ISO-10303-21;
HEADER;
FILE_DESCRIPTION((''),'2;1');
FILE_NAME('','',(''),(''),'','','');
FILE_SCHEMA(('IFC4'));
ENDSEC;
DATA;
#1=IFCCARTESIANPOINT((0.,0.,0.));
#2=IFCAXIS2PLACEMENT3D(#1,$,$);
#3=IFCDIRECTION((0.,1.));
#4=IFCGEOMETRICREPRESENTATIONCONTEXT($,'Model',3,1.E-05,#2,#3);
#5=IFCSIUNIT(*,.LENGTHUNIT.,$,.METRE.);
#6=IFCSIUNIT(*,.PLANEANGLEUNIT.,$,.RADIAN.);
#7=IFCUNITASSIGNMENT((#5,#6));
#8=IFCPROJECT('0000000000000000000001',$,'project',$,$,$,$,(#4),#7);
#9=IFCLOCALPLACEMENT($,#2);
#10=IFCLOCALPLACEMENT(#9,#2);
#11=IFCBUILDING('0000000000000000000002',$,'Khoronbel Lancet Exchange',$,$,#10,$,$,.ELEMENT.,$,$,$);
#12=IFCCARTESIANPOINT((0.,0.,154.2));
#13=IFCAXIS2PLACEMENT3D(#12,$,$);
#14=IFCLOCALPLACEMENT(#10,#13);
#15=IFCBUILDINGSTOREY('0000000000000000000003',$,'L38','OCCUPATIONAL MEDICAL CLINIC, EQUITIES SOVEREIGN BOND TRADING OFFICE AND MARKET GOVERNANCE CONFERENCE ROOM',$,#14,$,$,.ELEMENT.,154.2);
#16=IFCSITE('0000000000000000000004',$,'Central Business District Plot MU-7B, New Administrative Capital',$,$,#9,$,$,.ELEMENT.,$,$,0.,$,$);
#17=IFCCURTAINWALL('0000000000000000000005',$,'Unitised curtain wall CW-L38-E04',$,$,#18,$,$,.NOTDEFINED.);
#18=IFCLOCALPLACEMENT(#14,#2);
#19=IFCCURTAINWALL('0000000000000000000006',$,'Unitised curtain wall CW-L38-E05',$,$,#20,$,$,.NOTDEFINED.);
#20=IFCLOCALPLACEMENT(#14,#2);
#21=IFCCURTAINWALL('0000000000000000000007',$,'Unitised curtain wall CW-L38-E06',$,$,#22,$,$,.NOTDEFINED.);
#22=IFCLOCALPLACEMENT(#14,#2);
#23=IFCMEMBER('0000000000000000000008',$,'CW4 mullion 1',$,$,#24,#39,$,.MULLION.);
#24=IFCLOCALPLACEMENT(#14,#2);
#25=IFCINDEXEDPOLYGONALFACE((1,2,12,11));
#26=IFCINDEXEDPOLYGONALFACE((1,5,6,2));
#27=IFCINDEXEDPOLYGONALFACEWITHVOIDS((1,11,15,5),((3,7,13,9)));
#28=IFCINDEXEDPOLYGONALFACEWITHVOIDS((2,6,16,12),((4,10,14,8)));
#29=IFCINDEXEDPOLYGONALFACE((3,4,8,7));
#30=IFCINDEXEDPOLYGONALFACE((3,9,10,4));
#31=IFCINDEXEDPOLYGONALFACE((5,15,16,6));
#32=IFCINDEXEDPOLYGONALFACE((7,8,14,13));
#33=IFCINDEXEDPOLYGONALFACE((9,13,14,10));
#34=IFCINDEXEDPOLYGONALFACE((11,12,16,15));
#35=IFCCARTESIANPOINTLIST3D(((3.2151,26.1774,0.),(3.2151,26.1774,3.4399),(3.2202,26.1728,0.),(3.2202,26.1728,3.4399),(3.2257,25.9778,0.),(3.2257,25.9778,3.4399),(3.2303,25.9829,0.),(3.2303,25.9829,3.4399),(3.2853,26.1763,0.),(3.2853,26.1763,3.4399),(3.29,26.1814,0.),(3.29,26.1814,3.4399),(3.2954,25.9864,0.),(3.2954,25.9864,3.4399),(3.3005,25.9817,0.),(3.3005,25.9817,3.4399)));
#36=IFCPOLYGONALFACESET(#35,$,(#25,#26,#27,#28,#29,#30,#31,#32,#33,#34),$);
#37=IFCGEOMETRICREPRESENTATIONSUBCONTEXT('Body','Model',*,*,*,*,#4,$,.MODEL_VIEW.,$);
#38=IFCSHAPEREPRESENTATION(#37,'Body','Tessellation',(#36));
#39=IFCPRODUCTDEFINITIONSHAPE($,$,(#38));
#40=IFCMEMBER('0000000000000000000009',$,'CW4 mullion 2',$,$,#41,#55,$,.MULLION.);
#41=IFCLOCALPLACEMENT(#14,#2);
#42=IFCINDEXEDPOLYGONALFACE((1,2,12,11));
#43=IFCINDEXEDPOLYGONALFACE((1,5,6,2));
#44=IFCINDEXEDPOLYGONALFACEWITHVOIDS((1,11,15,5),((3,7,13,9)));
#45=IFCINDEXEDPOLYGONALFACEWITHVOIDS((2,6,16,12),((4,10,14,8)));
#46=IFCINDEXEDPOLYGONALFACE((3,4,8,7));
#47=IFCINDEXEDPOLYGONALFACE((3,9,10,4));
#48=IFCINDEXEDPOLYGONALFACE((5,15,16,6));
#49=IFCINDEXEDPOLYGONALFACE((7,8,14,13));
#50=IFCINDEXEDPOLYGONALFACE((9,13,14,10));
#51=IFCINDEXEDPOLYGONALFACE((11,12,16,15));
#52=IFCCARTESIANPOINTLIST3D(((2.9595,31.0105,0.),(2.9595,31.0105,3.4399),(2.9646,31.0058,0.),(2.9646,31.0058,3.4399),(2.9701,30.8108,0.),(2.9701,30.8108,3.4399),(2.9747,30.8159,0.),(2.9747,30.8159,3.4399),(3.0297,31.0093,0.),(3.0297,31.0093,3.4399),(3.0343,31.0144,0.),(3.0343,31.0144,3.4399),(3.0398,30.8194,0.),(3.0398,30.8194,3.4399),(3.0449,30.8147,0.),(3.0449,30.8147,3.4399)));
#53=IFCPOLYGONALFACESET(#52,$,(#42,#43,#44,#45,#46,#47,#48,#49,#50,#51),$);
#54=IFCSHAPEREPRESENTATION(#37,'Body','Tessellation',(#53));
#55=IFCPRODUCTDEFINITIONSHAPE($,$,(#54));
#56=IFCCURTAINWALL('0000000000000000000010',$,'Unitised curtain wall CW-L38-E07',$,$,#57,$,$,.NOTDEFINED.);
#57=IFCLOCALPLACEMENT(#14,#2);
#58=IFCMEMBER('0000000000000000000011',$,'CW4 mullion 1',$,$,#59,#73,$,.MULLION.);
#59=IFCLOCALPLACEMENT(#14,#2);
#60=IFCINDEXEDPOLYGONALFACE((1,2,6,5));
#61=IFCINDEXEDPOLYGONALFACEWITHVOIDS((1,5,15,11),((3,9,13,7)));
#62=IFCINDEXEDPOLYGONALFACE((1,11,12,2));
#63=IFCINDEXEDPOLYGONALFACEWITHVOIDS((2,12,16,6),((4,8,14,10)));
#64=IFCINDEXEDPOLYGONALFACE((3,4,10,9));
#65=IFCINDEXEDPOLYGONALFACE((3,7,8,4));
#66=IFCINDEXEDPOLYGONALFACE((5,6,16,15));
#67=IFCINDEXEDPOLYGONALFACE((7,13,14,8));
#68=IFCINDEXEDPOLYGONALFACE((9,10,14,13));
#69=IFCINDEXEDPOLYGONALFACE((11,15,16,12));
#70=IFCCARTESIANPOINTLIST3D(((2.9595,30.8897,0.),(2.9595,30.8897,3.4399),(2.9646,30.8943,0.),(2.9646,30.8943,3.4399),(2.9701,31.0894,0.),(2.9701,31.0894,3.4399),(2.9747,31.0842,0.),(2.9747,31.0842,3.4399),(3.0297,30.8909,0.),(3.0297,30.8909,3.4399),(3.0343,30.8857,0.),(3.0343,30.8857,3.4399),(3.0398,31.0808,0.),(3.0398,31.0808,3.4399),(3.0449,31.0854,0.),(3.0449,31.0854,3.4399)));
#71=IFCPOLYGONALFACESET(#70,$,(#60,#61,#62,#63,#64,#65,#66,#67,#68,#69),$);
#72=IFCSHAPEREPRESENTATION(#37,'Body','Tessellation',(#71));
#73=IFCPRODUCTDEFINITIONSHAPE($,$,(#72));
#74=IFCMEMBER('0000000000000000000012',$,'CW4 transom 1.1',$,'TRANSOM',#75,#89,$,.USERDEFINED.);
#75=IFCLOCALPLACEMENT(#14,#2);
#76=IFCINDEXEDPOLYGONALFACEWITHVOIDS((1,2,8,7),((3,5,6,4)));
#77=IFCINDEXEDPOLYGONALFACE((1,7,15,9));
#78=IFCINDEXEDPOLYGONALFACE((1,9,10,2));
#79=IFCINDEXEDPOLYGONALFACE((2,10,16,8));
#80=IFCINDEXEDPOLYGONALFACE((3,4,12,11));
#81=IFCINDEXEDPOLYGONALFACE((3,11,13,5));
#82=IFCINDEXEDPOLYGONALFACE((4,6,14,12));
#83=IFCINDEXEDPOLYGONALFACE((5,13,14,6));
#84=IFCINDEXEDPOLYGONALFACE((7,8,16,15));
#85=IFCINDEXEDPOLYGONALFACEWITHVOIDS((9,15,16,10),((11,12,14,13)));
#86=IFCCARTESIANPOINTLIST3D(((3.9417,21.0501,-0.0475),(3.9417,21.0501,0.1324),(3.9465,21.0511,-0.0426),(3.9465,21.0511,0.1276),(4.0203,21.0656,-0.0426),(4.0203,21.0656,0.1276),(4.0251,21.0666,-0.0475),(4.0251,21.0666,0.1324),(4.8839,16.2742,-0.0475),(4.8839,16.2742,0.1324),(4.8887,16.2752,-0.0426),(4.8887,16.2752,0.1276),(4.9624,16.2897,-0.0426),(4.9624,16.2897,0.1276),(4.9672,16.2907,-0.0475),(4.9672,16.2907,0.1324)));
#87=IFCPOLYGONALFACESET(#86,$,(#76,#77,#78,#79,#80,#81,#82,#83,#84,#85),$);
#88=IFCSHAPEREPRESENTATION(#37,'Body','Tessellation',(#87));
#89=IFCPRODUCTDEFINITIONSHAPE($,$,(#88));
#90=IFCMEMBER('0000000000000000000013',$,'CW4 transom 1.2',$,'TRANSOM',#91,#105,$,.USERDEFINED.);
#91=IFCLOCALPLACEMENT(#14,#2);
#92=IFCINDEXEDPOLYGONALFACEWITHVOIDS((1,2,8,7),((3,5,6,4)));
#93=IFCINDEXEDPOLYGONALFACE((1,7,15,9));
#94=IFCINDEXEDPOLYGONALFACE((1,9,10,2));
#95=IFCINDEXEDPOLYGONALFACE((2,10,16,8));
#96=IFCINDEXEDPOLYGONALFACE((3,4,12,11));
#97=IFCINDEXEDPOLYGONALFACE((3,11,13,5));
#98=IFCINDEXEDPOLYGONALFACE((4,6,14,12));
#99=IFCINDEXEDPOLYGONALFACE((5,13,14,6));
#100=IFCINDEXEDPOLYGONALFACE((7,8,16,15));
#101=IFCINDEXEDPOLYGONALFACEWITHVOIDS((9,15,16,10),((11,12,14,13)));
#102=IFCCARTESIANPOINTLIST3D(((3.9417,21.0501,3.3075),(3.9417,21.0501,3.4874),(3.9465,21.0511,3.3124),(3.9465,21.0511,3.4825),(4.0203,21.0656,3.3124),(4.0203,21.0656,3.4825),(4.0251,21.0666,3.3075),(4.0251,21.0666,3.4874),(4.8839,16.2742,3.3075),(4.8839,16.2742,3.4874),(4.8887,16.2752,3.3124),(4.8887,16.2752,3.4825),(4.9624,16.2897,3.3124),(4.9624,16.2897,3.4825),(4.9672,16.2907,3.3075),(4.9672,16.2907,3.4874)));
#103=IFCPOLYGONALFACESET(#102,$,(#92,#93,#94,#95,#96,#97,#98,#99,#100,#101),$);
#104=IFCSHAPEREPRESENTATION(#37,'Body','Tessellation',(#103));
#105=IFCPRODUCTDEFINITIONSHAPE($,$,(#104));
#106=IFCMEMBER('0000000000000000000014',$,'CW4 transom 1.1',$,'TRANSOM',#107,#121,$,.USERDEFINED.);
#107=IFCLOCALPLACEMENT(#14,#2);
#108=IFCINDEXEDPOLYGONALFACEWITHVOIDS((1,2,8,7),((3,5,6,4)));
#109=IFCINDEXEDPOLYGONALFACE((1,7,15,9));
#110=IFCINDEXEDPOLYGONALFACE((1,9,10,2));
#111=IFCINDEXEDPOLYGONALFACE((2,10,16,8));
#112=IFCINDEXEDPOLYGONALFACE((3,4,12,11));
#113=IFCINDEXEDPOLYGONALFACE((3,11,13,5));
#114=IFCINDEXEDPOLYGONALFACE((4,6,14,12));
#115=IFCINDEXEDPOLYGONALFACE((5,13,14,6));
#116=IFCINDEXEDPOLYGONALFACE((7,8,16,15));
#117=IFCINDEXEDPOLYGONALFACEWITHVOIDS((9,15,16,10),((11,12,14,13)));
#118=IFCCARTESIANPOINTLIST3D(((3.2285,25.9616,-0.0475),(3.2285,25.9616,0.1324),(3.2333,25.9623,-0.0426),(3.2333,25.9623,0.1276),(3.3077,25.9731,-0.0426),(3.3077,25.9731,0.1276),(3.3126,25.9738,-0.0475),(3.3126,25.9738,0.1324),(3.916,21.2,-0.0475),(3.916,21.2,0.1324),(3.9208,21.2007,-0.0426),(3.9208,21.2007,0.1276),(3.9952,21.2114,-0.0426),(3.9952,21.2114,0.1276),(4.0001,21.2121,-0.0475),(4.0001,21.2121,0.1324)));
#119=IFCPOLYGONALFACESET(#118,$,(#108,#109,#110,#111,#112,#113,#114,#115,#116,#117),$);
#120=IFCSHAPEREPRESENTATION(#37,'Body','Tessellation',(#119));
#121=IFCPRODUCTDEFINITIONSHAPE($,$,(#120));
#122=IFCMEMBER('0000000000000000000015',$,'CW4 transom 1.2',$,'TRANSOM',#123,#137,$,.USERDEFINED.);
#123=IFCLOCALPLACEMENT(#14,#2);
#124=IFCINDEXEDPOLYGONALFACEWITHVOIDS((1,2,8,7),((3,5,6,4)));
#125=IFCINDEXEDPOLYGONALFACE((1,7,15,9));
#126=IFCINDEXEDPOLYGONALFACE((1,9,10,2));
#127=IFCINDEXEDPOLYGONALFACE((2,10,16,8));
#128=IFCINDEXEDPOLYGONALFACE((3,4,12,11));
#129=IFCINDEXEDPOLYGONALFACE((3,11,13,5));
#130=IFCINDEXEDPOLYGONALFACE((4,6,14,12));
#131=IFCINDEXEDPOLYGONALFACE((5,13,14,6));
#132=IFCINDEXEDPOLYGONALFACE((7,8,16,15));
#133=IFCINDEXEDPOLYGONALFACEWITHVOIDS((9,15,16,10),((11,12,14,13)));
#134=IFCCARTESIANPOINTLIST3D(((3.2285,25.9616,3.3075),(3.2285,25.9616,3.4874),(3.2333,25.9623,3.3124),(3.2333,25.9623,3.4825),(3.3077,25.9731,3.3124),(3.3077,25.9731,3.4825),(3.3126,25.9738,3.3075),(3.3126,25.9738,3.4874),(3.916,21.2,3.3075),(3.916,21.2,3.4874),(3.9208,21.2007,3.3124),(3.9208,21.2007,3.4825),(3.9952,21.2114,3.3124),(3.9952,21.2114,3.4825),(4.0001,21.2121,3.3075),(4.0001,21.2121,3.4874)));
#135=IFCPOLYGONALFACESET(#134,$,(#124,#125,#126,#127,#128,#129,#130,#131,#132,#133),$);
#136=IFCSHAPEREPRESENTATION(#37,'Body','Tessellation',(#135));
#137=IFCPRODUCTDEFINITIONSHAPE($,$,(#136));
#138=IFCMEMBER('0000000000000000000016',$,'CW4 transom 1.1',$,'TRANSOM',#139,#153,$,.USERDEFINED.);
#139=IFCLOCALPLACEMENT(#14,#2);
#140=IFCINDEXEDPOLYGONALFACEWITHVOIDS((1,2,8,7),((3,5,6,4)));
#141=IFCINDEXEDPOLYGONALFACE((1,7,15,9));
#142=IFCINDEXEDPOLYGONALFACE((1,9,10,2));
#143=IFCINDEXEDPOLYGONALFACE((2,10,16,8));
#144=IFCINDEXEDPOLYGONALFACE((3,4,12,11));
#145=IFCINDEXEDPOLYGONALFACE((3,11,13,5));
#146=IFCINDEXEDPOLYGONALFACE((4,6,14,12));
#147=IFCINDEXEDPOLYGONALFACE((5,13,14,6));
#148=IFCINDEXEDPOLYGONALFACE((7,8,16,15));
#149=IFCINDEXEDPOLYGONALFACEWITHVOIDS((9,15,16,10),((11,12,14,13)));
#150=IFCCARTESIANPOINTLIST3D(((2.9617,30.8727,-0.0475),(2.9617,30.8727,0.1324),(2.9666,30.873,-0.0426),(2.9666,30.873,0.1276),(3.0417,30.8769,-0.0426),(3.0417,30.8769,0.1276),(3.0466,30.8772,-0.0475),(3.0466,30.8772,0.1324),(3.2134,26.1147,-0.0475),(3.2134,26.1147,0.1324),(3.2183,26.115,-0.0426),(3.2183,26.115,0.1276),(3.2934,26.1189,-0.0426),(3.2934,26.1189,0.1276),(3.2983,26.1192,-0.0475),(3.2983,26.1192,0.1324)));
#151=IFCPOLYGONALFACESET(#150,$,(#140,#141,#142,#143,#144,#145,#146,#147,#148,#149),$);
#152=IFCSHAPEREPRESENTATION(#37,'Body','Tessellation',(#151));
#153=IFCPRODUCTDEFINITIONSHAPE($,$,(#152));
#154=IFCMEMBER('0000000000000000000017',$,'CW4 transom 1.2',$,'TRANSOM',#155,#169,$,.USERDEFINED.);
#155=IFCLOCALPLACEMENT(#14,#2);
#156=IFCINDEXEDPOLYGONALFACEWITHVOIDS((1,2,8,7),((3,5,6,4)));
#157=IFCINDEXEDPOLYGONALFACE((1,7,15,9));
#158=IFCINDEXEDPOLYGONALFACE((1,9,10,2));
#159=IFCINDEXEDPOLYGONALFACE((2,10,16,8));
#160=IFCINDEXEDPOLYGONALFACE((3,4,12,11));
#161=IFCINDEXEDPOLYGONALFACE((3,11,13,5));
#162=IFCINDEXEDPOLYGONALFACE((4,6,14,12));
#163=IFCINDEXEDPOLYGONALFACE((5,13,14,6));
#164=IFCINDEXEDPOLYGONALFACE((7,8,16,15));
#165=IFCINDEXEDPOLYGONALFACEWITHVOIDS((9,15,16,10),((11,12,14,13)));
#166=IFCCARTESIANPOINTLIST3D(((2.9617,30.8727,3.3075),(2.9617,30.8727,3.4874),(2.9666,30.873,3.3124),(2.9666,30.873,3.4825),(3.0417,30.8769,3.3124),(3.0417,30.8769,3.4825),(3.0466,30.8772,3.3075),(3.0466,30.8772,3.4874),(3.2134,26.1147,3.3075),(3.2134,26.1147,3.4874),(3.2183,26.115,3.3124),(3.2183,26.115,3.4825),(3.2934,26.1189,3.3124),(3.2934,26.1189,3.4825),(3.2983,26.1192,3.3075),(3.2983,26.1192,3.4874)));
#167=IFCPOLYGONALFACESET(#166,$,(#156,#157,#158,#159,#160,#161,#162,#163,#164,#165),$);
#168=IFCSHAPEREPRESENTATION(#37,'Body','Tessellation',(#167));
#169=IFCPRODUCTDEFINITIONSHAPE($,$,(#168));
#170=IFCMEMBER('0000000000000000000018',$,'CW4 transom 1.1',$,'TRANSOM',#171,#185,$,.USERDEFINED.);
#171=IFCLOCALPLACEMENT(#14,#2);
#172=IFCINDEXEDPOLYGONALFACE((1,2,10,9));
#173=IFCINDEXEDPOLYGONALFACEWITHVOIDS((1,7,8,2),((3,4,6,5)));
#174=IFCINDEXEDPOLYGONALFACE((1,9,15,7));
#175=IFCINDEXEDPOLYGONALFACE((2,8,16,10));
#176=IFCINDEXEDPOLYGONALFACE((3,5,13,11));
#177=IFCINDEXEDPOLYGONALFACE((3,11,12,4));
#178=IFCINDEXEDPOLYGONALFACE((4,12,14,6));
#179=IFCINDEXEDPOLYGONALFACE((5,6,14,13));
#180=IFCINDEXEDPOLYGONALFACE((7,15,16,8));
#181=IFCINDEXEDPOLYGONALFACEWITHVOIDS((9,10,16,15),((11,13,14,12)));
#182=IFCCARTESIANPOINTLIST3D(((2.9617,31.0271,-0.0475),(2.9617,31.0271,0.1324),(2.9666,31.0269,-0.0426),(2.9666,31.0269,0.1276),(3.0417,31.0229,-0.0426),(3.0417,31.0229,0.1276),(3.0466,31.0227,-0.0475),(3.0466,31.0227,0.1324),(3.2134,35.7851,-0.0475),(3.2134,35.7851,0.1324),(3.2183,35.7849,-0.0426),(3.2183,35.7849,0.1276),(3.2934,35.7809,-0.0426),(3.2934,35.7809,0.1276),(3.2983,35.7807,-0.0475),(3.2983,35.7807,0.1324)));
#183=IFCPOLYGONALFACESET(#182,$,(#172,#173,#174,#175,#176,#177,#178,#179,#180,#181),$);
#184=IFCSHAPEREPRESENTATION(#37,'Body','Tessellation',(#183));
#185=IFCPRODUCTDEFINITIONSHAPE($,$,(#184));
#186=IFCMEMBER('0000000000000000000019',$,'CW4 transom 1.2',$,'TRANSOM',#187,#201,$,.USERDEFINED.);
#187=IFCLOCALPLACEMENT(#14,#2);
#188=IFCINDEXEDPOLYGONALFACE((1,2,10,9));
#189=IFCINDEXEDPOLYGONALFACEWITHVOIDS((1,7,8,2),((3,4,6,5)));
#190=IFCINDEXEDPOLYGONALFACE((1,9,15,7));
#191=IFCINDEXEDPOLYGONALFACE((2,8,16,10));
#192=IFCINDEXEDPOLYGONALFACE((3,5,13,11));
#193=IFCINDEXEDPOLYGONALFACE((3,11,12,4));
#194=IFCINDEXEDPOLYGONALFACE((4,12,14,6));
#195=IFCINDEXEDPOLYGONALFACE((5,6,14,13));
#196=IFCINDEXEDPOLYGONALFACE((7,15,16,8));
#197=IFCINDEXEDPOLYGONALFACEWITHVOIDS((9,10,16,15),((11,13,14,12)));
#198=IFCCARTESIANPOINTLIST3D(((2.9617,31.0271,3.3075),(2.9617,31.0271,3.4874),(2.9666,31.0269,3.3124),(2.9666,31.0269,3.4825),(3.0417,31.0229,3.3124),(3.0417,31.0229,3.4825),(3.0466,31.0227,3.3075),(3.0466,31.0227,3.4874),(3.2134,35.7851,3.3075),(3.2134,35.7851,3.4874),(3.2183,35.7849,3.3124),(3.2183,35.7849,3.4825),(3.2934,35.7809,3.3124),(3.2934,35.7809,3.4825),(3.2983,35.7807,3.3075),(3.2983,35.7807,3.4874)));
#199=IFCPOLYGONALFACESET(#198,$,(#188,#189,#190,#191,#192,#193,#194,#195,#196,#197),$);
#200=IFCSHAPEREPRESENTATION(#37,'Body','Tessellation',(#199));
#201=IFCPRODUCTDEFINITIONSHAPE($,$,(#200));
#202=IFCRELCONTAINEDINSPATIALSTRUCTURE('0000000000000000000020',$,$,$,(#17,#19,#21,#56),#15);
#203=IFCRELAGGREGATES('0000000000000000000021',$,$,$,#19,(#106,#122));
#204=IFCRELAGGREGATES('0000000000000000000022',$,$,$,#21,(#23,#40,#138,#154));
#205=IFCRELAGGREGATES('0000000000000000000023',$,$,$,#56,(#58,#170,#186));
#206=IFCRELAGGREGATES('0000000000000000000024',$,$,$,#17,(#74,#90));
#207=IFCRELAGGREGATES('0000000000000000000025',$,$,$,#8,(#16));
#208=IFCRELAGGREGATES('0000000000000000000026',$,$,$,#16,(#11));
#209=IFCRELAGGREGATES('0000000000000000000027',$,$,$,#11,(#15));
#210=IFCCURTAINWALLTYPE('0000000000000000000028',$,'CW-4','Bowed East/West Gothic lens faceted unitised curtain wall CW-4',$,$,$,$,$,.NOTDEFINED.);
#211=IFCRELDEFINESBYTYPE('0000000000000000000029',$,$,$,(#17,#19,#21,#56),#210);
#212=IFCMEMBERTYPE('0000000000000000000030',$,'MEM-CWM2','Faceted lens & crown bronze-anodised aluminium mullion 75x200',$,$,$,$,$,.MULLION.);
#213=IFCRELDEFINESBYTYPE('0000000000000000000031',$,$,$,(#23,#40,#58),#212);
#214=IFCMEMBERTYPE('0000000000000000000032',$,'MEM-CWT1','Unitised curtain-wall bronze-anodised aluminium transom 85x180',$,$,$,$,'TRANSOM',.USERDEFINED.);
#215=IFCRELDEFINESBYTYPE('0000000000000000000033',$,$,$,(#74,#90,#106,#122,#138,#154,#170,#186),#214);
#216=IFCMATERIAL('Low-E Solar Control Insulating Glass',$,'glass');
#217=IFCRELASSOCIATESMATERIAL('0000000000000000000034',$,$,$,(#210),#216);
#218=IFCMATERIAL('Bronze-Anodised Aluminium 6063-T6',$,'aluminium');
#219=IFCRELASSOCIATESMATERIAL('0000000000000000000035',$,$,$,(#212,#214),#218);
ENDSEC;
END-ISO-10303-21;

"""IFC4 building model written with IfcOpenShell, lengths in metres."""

from ifc_helpers import new_model, si_unit, direction, frame, origin, origin_2d, place, context, subcontext, project, spatial, hollow_rectangle, extrude, material, material_profile, profile_set, type_object, element, aggregate, save


model = new_model("IFC4")

# Units and contexts
model_context = context("Model", 3, precision=1e-05, world=origin(), true_north=direction((0.0, 1.0)))
body_context = subcontext(model_context, "Body", "Model", "MODEL_VIEW")
ifc_project = project(units=[si_unit("LENGTHUNIT", "METRE"), si_unit("PLANEANGLEUNIT", "RADIAN")], contexts=[model_context])

# Site, building, storey
site_placement = place(None, origin())
site = spatial("IfcSite", under=ifc_project, at=site_placement, Name="Central Business District Plot MU-7B, New Administrative Capital", CompositionType="ELEMENT", RefElevation=0.0)
building_placement = place(site_placement, origin())
building = spatial("IfcBuilding", under=site, at=building_placement, Name="Khoronbel Lancet Exchange", CompositionType="ELEMENT")
storey_placement = place(building_placement, frame((0.0, 0.0, 154.2)))
storey = spatial("IfcBuildingStorey", under=building, at=storey_placement, Name="L38", Description="OCCUPATIONAL MEDICAL CLINIC, EQUITIES SOVEREIGN BOND TRADING OFFICE AND MARKET GOVERNANCE CONFERENCE ROOM", CompositionType="ELEMENT", Elevation=154.2)

# Curtain walls, members
ifc_material_1 = material(Name="Low-E Solar Control Insulating Glass", Category="glass")
curtain_wall_type = type_object("IfcCurtainWallType", Name="CW-4", Description="Bowed East/West Gothic lens faceted unitised curtain wall CW-4", PredefinedType="NOTDEFINED", material=ifc_material_1)
curtain_wall_1_placement = place(storey_placement, origin())
curtain_wall_1 = element("IfcCurtainWall", 1, at=curtain_wall_1_placement, inside=storey, type_object=curtain_wall_type, Name="Unitised curtain wall CW-L38-E04", PredefinedType="NOTDEFINED")
ifc_material_2 = material(Name="Bronze-Anodised Aluminium 6063-T6", Category="aluminium")
ifc_material_profile_1 = material_profile(ifc_material_2, hollow_rectangle(XDim=0.075, YDim=0.2, WallThickness=0.0049, at=origin_2d()), Name="ALU MULLION 75x200")
ifc_profile_set_1 = profile_set([ifc_material_profile_1], Name="Bronze-Anodised Aluminium 6063-T6")
member_type_1 = type_object("IfcMemberType", Name="MEM-CWM2", Description="Faceted lens & crown bronze-anodised aluminium mullion 75x200", PredefinedType="MULLION", material=ifc_profile_set_1)
curtain_wall_2_placement = place(storey_placement, origin())
curtain_wall_2 = element("IfcCurtainWall", 2, at=curtain_wall_2_placement, inside=storey, type_object=curtain_wall_type, Name="Unitised curtain wall CW-L38-E05", PredefinedType="NOTDEFINED")
curtain_wall_3_placement = place(storey_placement, origin())
curtain_wall_3 = element("IfcCurtainWall", 3, at=curtain_wall_3_placement, inside=storey, type_object=curtain_wall_type, Name="Unitised curtain wall CW-L38-E06", PredefinedType="NOTDEFINED")
member_1_placement = place(storey_placement, frame((3.2578, 26.0796, 0.0), z_axis=(0.0, 0.0, 1.0), x_axis=(-0.998605, -0.0528, 0.0)))
member_1 = element("IfcMember", 4, at=member_1_placement, type_object=member_type_1, Name="CW4 mullion 1", PredefinedType="MULLION", context=body_context, shape_type="SweptSolid", body=[
    extrude(hollow_rectangle(XDim=0.075, YDim=0.2, WallThickness=0.0049, at=origin_2d()), origin(), (0.0, 0.0, 1.0), 3.4399),
])
member_2_placement = place(storey_placement, frame((3.0022, 30.9126, 0.0), z_axis=(0.0, 0.0, 1.0), x_axis=(-0.998605, -0.0528, 0.0)))
member_2 = element("IfcMember", 5, at=member_2_placement, type_object=member_type_1, Name="CW4 mullion 2", PredefinedType="MULLION", context=body_context, shape_type="SweptSolid", body=[
    extrude(hollow_rectangle(XDim=0.075, YDim=0.2, WallThickness=0.0049, at=origin_2d()), origin(), (0.0, 0.0, 1.0), 3.4399),
])

# Curtain wall, member
curtain_wall_4_placement = place(storey_placement, origin())
curtain_wall_4 = element("IfcCurtainWall", 6, at=curtain_wall_4_placement, inside=storey, type_object=curtain_wall_type, Name="Unitised curtain wall CW-L38-E07", PredefinedType="NOTDEFINED")
member_3_placement = place(storey_placement, frame((3.0022, 30.9875, 0.0), z_axis=(0.0, 0.0, 1.0), x_axis=(-0.998605, 0.0528, 0.0)))
member_3 = element("IfcMember", 7, at=member_3_placement, type_object=member_type_1, Name="CW4 mullion 1", PredefinedType="MULLION", context=body_context, shape_type="SweptSolid", body=[
    extrude(hollow_rectangle(XDim=0.075, YDim=0.2, WallThickness=0.0049, at=origin_2d()), origin(), (0.0, 0.0, 1.0), 3.4399),
])

# Members
ifc_material_profile_2 = material_profile(ifc_material_2, hollow_rectangle(XDim=0.085, YDim=0.1799, WallThickness=0.0049, at=origin_2d()), Name="ALU TRANSOM 85x180")
ifc_profile_set_2 = profile_set([ifc_material_profile_2], Name="Bronze-Anodised Aluminium 6063-T6")
member_type_2 = type_object("IfcMemberType", Name="MEM-CWT1", Description="Unitised curtain-wall bronze-anodised aluminium transom 85x180", ElementType="TRANSOM", PredefinedType="USERDEFINED", material=ifc_profile_set_2)
member_4_placement = place(storey_placement, frame((4.9255, 16.2825, 0.0425), z_axis=(-0.19354, 0.981092, 0.0), x_axis=(-0.981092, -0.19354, 0.0)))
member_4 = element("IfcMember", 8, at=member_4_placement, type_object=member_type_2, Name="CW4 transom 1.1", ObjectType="TRANSOM", PredefinedType="USERDEFINED", context=body_context, shape_type="SweptSolid", body=[
    extrude(hollow_rectangle(XDim=0.085, YDim=0.1799, WallThickness=0.0049, at=origin_2d()), origin(), (0.0, 0.0, 1.0), 4.8679),
])
member_5_placement = place(storey_placement, frame((4.9255, 16.2825, 3.3975), z_axis=(-0.19354, 0.981092, 0.0), x_axis=(-0.981092, -0.19354, 0.0)))
member_5 = element("IfcMember", 9, at=member_5_placement, type_object=member_type_2, Name="CW4 transom 1.2", ObjectType="TRANSOM", PredefinedType="USERDEFINED", context=body_context, shape_type="SweptSolid", body=[
    extrude(hollow_rectangle(XDim=0.085, YDim=0.1799, WallThickness=0.0049, at=origin_2d()), origin(), (0.0, 0.0, 1.0), 4.8679),
])
member_6_placement = place(storey_placement, frame((3.958, 21.2061, 0.0425), z_axis=(-0.142899, 0.989737, 0.0), x_axis=(-0.989737, -0.142899, 0.0)))
member_6 = element("IfcMember", 10, at=member_6_placement, type_object=member_type_2, Name="CW4 transom 1.1", ObjectType="TRANSOM", PredefinedType="USERDEFINED", context=body_context, shape_type="SweptSolid", body=[
    extrude(hollow_rectangle(XDim=0.085, YDim=0.1799, WallThickness=0.0049, at=origin_2d()), origin(), (0.0, 0.0, 1.0), 4.811),
])
member_7_placement = place(storey_placement, frame((3.958, 21.2061, 3.3975), z_axis=(-0.142899, 0.989737, 0.0), x_axis=(-0.989737, -0.142899, 0.0)))
member_7 = element("IfcMember", 11, at=member_7_placement, type_object=member_type_2, Name="CW4 transom 1.2", ObjectType="TRANSOM", PredefinedType="USERDEFINED", context=body_context, shape_type="SweptSolid", body=[
    extrude(hollow_rectangle(XDim=0.085, YDim=0.1799, WallThickness=0.0049, at=origin_2d()), origin(), (0.0, 0.0, 1.0), 4.811),
])
member_8_placement = place(storey_placement, frame((3.2559, 26.1169, 0.0425), z_axis=(-0.052828, 0.998604, 0.0), x_axis=(-0.998604, -0.052828, 0.0)))
member_8 = element("IfcMember", 12, at=member_8_placement, type_object=member_type_2, Name="CW4 transom 1.1", ObjectType="TRANSOM", PredefinedType="USERDEFINED", context=body_context, shape_type="SweptSolid", body=[
    extrude(hollow_rectangle(XDim=0.085, YDim=0.1799, WallThickness=0.0049, at=origin_2d()), origin(), (0.0, 0.0, 1.0), 4.7646),
])
member_9_placement = place(storey_placement, frame((3.2559, 26.1169, 3.3975), z_axis=(-0.052828, 0.998604, 0.0), x_axis=(-0.998604, -0.052828, 0.0)))
member_9 = element("IfcMember", 13, at=member_9_placement, type_object=member_type_2, Name="CW4 transom 1.2", ObjectType="TRANSOM", PredefinedType="USERDEFINED", context=body_context, shape_type="SweptSolid", body=[
    extrude(hollow_rectangle(XDim=0.085, YDim=0.1799, WallThickness=0.0049, at=origin_2d()), origin(), (0.0, 0.0, 1.0), 4.7646),
])
member_10_placement = place(storey_placement, frame((3.0042, 31.0249, 0.0425), z_axis=(0.052828, 0.998604, 0.0), x_axis=(-0.998604, 0.052828, 0.0)))
member_10 = element("IfcMember", 14, at=member_10_placement, type_object=member_type_2, Name="CW4 transom 1.1", ObjectType="TRANSOM", PredefinedType="USERDEFINED", context=body_context, shape_type="SweptSolid", body=[
    extrude(hollow_rectangle(XDim=0.085, YDim=0.1799, WallThickness=0.0049, at=origin_2d()), origin(), (0.0, 0.0, 1.0), 4.7646),
])
member_11_placement = place(storey_placement, frame((3.0042, 31.0249, 3.3975), z_axis=(0.052828, 0.998604, 0.0), x_axis=(-0.998604, 0.052828, 0.0)))
member_11 = element("IfcMember", 15, at=member_11_placement, type_object=member_type_2, Name="CW4 transom 1.2", ObjectType="TRANSOM", PredefinedType="USERDEFINED", context=body_context, shape_type="SweptSolid", body=[
    extrude(hollow_rectangle(XDim=0.085, YDim=0.1799, WallThickness=0.0049, at=origin_2d()), origin(), (0.0, 0.0, 1.0), 4.7646),
])

aggregate(curtain_wall_2, [member_6, member_7])
aggregate(curtain_wall_3, [member_1, member_2, member_8, member_9])
aggregate(curtain_wall_4, [member_3, member_10, member_11])
aggregate(curtain_wall_1, [member_4, member_5])

save(model, "model.ifc")
